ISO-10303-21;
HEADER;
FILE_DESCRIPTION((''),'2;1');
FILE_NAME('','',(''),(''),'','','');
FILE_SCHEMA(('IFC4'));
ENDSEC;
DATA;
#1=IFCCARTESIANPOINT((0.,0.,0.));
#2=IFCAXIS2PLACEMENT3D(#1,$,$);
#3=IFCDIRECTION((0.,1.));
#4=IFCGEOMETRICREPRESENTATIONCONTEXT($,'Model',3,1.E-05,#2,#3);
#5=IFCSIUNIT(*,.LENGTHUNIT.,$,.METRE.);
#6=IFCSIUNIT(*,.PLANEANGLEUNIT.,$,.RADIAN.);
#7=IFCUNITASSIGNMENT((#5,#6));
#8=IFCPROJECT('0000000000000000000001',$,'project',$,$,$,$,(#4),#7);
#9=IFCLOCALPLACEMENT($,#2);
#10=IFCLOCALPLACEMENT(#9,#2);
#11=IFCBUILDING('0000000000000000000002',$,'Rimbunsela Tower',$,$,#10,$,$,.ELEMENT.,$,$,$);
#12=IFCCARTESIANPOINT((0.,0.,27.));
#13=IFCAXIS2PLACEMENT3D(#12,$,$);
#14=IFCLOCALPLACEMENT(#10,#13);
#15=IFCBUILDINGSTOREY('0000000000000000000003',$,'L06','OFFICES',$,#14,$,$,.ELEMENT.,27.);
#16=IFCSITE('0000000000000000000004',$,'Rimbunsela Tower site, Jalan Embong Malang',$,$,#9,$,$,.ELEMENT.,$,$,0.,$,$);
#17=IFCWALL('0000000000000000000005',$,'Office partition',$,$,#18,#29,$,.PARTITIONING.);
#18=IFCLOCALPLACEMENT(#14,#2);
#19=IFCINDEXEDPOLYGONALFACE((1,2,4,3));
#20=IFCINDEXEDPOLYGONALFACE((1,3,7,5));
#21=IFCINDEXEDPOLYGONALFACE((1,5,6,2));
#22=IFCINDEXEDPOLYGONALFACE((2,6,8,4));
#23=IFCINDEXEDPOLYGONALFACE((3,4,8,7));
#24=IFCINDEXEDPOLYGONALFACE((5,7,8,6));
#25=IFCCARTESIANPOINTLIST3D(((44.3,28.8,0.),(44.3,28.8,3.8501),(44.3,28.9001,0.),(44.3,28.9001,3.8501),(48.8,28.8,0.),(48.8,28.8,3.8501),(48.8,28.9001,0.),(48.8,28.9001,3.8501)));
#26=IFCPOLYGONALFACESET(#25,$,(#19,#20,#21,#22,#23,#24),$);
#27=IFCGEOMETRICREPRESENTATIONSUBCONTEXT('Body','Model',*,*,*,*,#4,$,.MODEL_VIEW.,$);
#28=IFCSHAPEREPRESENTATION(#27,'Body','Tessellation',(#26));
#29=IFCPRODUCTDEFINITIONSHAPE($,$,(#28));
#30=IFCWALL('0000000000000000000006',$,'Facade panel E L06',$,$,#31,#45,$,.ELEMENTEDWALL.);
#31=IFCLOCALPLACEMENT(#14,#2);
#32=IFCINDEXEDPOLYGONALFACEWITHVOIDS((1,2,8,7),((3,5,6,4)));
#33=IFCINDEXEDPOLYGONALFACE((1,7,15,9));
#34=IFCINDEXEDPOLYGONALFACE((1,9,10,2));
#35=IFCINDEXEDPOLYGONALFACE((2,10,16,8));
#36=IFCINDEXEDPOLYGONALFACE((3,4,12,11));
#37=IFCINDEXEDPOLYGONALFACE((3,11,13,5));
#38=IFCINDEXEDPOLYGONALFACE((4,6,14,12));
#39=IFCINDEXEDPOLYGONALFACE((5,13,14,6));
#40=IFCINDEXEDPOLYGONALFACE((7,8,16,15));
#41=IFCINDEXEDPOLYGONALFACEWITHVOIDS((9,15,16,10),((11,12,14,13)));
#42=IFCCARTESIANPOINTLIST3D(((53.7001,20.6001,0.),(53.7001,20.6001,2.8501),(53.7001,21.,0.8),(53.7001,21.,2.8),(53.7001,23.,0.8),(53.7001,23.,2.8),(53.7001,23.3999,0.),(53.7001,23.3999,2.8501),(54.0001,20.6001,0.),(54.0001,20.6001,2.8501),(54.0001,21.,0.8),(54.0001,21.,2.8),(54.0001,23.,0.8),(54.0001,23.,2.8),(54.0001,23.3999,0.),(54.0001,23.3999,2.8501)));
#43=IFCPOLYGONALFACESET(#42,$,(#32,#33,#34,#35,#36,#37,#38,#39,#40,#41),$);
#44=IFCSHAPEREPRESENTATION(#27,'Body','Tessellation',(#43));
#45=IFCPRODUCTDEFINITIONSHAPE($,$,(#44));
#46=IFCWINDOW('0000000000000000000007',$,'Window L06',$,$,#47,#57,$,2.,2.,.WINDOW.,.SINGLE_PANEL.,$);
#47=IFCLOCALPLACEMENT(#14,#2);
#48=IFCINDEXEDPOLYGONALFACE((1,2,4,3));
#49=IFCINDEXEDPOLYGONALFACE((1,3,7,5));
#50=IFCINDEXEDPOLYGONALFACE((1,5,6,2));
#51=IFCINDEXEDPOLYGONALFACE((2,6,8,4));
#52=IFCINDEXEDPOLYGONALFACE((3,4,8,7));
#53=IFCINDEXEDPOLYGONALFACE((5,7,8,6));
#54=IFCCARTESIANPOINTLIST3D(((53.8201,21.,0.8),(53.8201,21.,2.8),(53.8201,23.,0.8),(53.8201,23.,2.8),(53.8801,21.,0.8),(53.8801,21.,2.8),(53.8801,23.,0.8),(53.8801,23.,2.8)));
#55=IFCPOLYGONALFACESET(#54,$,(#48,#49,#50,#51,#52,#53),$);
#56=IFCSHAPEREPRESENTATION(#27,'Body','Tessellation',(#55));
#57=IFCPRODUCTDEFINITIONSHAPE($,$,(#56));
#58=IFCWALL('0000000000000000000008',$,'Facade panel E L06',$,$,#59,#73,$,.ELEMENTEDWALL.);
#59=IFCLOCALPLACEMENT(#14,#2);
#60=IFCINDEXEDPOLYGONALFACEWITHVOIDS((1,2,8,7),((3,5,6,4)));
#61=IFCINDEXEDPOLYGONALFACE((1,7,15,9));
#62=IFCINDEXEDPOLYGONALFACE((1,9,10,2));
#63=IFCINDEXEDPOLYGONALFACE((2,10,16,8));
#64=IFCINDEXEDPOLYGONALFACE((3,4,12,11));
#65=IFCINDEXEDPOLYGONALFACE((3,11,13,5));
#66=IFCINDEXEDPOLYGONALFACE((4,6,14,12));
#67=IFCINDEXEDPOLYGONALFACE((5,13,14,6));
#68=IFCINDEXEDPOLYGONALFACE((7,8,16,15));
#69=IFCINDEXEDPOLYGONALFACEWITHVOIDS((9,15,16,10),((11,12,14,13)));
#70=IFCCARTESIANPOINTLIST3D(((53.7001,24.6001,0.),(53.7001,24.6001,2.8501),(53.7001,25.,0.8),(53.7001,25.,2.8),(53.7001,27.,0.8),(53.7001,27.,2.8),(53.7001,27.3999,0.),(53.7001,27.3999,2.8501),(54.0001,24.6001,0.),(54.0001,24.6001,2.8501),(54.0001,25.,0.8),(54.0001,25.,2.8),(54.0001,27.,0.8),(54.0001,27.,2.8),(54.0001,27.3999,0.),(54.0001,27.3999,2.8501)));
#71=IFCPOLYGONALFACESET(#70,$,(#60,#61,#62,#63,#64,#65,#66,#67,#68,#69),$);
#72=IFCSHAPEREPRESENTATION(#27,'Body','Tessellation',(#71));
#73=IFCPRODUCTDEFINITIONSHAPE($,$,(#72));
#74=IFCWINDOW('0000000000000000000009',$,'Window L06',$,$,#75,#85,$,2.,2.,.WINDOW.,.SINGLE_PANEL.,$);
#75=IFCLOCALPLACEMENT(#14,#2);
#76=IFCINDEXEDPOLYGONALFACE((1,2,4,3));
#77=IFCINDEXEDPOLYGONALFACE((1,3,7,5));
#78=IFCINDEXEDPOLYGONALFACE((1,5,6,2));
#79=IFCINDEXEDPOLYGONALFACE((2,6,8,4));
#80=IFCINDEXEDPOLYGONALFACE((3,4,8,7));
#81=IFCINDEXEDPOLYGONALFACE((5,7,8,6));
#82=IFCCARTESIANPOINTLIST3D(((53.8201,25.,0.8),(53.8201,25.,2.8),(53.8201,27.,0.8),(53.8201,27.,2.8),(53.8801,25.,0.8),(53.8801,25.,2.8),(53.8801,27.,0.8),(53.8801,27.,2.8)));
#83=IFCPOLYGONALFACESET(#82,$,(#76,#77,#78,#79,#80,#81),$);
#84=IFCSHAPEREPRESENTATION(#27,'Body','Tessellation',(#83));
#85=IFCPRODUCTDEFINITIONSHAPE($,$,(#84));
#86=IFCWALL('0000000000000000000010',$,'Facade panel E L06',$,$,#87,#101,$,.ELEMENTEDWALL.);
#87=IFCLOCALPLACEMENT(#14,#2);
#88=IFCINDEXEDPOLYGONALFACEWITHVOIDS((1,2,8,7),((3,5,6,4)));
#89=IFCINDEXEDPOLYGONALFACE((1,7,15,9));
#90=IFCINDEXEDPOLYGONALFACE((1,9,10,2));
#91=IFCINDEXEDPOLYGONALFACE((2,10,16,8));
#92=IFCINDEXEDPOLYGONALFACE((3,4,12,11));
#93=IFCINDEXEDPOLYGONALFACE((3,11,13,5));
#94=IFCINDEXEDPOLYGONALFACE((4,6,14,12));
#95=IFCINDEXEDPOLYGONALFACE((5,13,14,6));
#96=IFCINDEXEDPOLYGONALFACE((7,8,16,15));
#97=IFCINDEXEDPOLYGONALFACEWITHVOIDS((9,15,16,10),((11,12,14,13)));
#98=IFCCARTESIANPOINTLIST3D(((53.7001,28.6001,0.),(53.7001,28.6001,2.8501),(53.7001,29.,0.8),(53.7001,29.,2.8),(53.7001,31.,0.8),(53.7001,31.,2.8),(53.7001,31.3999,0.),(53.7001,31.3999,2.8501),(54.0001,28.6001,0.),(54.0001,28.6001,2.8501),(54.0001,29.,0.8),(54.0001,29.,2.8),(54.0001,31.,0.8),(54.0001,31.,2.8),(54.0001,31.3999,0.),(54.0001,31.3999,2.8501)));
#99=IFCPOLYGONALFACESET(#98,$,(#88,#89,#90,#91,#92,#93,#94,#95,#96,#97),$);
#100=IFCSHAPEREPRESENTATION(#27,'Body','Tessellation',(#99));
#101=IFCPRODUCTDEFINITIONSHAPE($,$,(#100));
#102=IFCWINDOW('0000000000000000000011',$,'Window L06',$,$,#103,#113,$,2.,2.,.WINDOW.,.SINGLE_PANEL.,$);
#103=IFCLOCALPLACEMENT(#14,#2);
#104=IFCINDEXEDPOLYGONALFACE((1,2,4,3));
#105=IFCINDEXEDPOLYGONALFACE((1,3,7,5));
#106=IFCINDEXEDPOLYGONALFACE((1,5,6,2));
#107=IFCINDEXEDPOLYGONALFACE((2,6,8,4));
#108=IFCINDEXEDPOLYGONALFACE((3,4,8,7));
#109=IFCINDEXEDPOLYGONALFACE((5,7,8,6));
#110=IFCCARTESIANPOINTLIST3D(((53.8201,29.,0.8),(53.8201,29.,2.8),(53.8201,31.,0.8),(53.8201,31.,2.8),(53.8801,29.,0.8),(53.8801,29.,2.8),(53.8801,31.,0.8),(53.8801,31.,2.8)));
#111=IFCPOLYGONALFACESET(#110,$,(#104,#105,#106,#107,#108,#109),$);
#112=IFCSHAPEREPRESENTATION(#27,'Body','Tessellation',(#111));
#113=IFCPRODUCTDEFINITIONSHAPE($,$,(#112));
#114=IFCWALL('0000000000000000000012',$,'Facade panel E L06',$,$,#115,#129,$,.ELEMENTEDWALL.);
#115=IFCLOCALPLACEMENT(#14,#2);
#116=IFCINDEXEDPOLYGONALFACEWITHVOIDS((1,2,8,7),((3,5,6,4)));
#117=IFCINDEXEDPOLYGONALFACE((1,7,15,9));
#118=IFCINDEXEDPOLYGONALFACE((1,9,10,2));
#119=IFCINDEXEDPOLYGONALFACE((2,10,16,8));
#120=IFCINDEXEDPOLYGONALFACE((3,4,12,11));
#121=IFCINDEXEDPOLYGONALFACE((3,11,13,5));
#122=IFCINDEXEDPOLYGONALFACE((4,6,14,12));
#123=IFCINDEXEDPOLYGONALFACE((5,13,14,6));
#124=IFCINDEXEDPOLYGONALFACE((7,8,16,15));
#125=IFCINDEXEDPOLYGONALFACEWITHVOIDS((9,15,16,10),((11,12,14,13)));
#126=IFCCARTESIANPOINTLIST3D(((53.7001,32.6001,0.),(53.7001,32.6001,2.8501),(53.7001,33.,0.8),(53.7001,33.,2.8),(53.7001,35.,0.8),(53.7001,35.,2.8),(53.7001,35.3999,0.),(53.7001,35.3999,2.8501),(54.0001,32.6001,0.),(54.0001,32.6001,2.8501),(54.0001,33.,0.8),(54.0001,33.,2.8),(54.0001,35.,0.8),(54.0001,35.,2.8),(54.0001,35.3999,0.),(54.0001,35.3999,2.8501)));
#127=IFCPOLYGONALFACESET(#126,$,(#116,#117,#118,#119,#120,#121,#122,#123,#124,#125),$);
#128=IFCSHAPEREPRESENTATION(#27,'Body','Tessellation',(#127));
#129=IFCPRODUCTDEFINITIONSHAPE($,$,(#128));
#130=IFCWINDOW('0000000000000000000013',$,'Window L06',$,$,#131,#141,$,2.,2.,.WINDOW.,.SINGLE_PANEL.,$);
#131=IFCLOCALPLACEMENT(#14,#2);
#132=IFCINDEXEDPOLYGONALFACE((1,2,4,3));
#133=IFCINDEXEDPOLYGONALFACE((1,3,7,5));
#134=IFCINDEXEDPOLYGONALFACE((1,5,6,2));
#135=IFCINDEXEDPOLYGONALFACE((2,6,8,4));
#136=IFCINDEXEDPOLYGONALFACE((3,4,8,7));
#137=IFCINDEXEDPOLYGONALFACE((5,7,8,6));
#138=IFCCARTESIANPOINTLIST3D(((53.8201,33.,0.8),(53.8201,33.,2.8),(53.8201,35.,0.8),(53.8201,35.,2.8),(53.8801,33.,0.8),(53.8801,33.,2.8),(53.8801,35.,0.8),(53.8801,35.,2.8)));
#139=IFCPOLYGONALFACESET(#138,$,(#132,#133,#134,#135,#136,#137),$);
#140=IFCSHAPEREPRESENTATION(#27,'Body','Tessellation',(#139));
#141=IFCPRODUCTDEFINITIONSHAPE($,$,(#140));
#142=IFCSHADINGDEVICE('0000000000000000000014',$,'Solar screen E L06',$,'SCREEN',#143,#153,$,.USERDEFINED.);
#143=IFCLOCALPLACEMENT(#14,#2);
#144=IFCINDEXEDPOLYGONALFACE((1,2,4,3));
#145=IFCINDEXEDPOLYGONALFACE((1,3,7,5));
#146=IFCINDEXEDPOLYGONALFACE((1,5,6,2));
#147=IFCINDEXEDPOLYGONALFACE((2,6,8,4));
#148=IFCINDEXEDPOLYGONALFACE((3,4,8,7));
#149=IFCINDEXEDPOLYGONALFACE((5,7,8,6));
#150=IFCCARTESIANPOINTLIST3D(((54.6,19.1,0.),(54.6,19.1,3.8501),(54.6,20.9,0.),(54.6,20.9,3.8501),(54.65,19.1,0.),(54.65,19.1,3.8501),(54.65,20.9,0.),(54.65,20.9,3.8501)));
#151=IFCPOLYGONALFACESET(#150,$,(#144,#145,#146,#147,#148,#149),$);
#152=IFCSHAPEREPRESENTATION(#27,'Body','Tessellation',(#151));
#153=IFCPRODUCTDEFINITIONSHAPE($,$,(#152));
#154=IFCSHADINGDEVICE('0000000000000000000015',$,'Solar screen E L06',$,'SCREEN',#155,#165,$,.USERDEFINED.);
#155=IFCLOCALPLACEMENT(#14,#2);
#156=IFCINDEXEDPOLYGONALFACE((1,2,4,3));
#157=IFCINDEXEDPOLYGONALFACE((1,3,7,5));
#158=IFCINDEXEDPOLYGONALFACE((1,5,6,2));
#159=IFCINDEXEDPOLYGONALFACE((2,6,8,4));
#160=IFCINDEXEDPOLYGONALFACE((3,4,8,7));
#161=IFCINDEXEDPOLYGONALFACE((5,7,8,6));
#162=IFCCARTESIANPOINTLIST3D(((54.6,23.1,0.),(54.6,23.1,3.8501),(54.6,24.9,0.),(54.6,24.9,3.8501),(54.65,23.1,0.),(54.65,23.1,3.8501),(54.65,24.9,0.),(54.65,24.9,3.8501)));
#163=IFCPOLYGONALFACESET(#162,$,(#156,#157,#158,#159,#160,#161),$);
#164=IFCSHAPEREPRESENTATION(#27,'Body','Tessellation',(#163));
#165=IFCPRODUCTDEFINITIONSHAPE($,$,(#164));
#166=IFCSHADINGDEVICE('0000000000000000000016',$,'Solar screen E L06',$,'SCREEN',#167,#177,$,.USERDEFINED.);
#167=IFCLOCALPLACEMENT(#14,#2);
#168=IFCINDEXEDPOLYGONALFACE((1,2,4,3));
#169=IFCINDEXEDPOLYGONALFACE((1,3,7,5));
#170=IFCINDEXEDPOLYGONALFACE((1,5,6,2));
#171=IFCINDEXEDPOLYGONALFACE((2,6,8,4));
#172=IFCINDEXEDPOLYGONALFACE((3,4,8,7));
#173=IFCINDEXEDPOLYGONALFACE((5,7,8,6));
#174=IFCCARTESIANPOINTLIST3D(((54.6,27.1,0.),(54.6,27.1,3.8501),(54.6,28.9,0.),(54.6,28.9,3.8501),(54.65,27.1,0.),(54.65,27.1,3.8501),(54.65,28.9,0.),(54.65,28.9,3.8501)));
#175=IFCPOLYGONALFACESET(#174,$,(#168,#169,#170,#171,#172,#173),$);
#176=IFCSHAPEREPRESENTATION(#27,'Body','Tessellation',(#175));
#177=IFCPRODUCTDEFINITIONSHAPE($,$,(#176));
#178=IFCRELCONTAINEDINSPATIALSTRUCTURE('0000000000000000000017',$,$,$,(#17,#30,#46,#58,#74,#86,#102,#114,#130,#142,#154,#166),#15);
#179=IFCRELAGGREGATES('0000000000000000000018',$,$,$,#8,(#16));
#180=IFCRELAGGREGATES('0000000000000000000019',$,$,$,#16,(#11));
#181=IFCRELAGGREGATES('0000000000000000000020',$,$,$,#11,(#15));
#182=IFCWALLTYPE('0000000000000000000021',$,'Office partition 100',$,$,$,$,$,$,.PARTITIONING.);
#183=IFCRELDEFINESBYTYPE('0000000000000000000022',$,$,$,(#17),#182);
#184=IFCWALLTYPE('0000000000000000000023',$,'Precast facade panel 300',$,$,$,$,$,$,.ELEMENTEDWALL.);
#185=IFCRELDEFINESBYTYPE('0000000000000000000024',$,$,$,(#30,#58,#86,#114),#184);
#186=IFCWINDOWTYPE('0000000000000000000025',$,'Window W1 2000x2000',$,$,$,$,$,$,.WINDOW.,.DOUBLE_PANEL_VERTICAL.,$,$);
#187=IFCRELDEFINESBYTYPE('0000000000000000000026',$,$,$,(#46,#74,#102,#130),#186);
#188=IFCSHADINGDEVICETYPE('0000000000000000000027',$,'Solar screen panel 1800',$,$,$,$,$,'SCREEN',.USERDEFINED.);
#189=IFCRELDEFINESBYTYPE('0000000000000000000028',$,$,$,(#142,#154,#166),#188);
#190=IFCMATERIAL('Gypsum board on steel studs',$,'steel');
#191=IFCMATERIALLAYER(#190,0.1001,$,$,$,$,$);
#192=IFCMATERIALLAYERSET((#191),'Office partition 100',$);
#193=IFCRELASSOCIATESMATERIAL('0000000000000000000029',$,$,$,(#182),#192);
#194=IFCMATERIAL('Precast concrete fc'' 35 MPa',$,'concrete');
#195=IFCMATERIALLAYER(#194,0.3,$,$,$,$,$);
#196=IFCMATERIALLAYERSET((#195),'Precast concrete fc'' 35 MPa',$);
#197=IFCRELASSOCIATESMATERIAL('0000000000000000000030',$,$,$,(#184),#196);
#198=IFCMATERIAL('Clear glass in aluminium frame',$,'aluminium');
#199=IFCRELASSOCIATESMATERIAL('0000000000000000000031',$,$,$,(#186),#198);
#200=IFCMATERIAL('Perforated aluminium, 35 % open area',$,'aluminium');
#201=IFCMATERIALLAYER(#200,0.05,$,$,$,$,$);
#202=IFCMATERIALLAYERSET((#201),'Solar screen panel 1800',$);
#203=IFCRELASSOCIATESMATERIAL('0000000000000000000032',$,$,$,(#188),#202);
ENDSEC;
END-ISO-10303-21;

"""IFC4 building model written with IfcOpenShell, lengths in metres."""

from ifc_helpers import new_model, si_unit, direction, frame, frame_2d, origin, origin_2d, place, context, subcontext, project, spatial, rectangle, extrude, material, layer, layer_set, type_object, element, fill, save


model = new_model("IFC4")

# Units and contexts
model_context = context("Model", 3, precision=1e-05, world=origin(), true_north=direction((0.0, 1.0)))
body_context = subcontext(model_context, "Body", "Model", "MODEL_VIEW")
ifc_project = project(units=[si_unit("LENGTHUNIT", "METRE"), si_unit("PLANEANGLEUNIT", "RADIAN")], contexts=[model_context])

# Site, building, storey
site_placement = place(None, origin())
site = spatial("IfcSite", under=ifc_project, at=site_placement, Name="Rimbunsela Tower site, Jalan Embong Malang", CompositionType="ELEMENT", RefElevation=0.0)
building_placement = place(site_placement, origin())
building = spatial("IfcBuilding", under=site, at=building_placement, Name="Rimbunsela Tower", CompositionType="ELEMENT")
storey_placement = place(building_placement, frame((0.0, 0.0, 27.0)))
storey = spatial("IfcBuildingStorey", under=building, at=storey_placement, Name="L06", Description="OFFICES", CompositionType="ELEMENT", Elevation=27.0)

# Shared definitions
ifc_material_1 = material(Name="Gypsum board on steel studs", Category="steel")
ifc_layer_1 = layer(ifc_material_1, 0.1001)
ifc_layer_set_1 = layer_set([ifc_layer_1], Name="Office partition 100")
wall_type_1 = type_object("IfcWallType", Name="Office partition 100", PredefinedType="PARTITIONING", material=ifc_layer_set_1)

# Wall
wall_1_placement = place(storey_placement, frame((48.8, 28.8501, 0.0), z_axis=(0.0, 0.0, 1.0), x_axis=(-1.0, 0.0, 0.0)))
element("IfcWall", 1, at=wall_1_placement, inside=storey, type_object=wall_type_1, Name="Office partition", PredefinedType="PARTITIONING", context=body_context, shape_type="SweptSolid", body=[
    extrude(rectangle(XDim=4.5, YDim=0.1001, at=frame_2d((2.25, 0.0))), origin(), (0.0, 0.0, 1.0), 3.8501),
])

# Walls, openings, windows
ifc_material_2 = material(Name="Precast concrete fc' 35 MPa", Category="concrete")
ifc_layer_2 = layer(ifc_material_2, 0.3)
ifc_layer_set_2 = layer_set([ifc_layer_2], Name="Precast concrete fc' 35 MPa")
wall_type_2 = type_object("IfcWallType", Name="Precast facade panel 300", PredefinedType="ELEMENTEDWALL", material=ifc_layer_set_2)
wall_2_placement = place(storey_placement, frame((53.8501, 20.6001, 0.0), z_axis=(0.0, 0.0, 1.0), x_axis=(0.0, 1.0, 0.0)))
wall_2 = element("IfcWall", 2, at=wall_2_placement, inside=storey, type_object=wall_type_2, Name="Facade panel E L06", PredefinedType="ELEMENTEDWALL", context=body_context, shape_type="SweptSolid", body=[
    extrude(rectangle(XDim=2.7998, YDim=0.3, at=frame_2d((1.3999, 0.0))), origin(), (0.0, 0.0, 1.0), 2.8501),
])
opening_1_placement = place(wall_2_placement, frame((0.3999, 0.0, 0.8)))
opening_1 = element("IfcOpeningElement", 3, at=opening_1_placement, cuts=wall_2, PredefinedType="OPENING", context=body_context, shape_type="SweptSolid", body=[
    extrude(rectangle(XDim=2.0, YDim=2.0, at=frame_2d((1.0, 1.0))), frame((0.0, 0.1599, 0.0), z_axis=(0.0, -1.0, 0.0), x_axis=(1.0, 0.0, 0.0)), (0.0, 0.0, 1.0), 0.3201),
])
ifc_material_3 = material(Name="Clear glass in aluminium frame", Category="aluminium")
window_type = type_object("IfcWindowType", Name="Window W1 2000x2000", PartitioningType="DOUBLE_PANEL_VERTICAL", PredefinedType="WINDOW", material=ifc_material_3)
window_1_placement = place(opening_1_placement, origin())
window_1 = element("IfcWindow", 4, at=window_1_placement, inside=storey, type_object=window_type, Name="Window L06", OverallHeight=2.0, OverallWidth=2.0, PartitioningType="SINGLE_PANEL", PredefinedType="WINDOW", context=body_context, shape_type="SweptSolid", body=[
    extrude(rectangle(XDim=2.0, YDim=2.0, at=frame_2d((1.0, 1.0))), frame((0.0, 0.03, 0.0), z_axis=(0.0, -1.0, 0.0), x_axis=(1.0, 0.0, 0.0)), (0.0, 0.0, 1.0), 0.0601),
])
fill(opening_1, window_1)
wall_3_placement = place(storey_placement, frame((53.8501, 24.6001, 0.0), z_axis=(0.0, 0.0, 1.0), x_axis=(0.0, 1.0, 0.0)))
wall_3 = element("IfcWall", 5, at=wall_3_placement, inside=storey, type_object=wall_type_2, Name="Facade panel E L06", PredefinedType="ELEMENTEDWALL", context=body_context, shape_type="SweptSolid", body=[
    extrude(rectangle(XDim=2.7998, YDim=0.3, at=frame_2d((1.3999, 0.0))), origin(), (0.0, 0.0, 1.0), 2.8501),
])
opening_2_placement = place(wall_3_placement, frame((0.3999, 0.0, 0.8)))
opening_2 = element("IfcOpeningElement", 6, at=opening_2_placement, cuts=wall_3, PredefinedType="OPENING", context=body_context, shape_type="SweptSolid", body=[
    extrude(rectangle(XDim=2.0, YDim=2.0, at=frame_2d((1.0, 1.0))), frame((0.0, 0.1599, 0.0), z_axis=(0.0, -1.0, 0.0), x_axis=(1.0, 0.0, 0.0)), (0.0, 0.0, 1.0), 0.3201),
])
window_2_placement = place(opening_2_placement, origin())
window_2 = element("IfcWindow", 7, at=window_2_placement, inside=storey, type_object=window_type, Name="Window L06", OverallHeight=2.0, OverallWidth=2.0, PartitioningType="SINGLE_PANEL", PredefinedType="WINDOW", context=body_context, shape_type="SweptSolid", body=[
    extrude(rectangle(XDim=2.0, YDim=2.0, at=frame_2d((1.0, 1.0))), frame((0.0, 0.03, 0.0), z_axis=(0.0, -1.0, 0.0), x_axis=(1.0, 0.0, 0.0)), (0.0, 0.0, 1.0), 0.0601),
])
fill(opening_2, window_2)
wall_4_placement = place(storey_placement, frame((53.8501, 28.6001, 0.0), z_axis=(0.0, 0.0, 1.0), x_axis=(0.0, 1.0, 0.0)))
wall_4 = element("IfcWall", 8, at=wall_4_placement, inside=storey, type_object=wall_type_2, Name="Facade panel E L06", PredefinedType="ELEMENTEDWALL", context=body_context, shape_type="SweptSolid", body=[
    extrude(rectangle(XDim=2.7998, YDim=0.3, at=frame_2d((1.3999, 0.0))), origin(), (0.0, 0.0, 1.0), 2.8501),
])
opening_3_placement = place(wall_4_placement, frame((0.3999, 0.0, 0.8)))
opening_3 = element("IfcOpeningElement", 9, at=opening_3_placement, cuts=wall_4, PredefinedType="OPENING", context=body_context, shape_type="SweptSolid", body=[
    extrude(rectangle(XDim=2.0, YDim=2.0, at=frame_2d((1.0, 1.0))), frame((0.0, 0.1599, 0.0), z_axis=(0.0, -1.0, 0.0), x_axis=(1.0, 0.0, 0.0)), (0.0, 0.0, 1.0), 0.3201),
])
window_3_placement = place(opening_3_placement, origin())
window_3 = element("IfcWindow", 10, at=window_3_placement, inside=storey, type_object=window_type, Name="Window L06", OverallHeight=2.0, OverallWidth=2.0, PartitioningType="SINGLE_PANEL", PredefinedType="WINDOW", context=body_context, shape_type="SweptSolid", body=[
    extrude(rectangle(XDim=2.0, YDim=2.0, at=frame_2d((1.0, 1.0))), frame((0.0, 0.03, 0.0), z_axis=(0.0, -1.0, 0.0), x_axis=(1.0, 0.0, 0.0)), (0.0, 0.0, 1.0), 0.0601),
])
fill(opening_3, window_3)
wall_5_placement = place(storey_placement, frame((53.8501, 32.6001, 0.0), z_axis=(0.0, 0.0, 1.0), x_axis=(0.0, 1.0, 0.0)))
wall_5 = element("IfcWall", 11, at=wall_5_placement, inside=storey, type_object=wall_type_2, Name="Facade panel E L06", PredefinedType="ELEMENTEDWALL", context=body_context, shape_type="SweptSolid", body=[
    extrude(rectangle(XDim=2.7998, YDim=0.3, at=frame_2d((1.3999, 0.0))), origin(), (0.0, 0.0, 1.0), 2.8501),
])
opening_4_placement = place(wall_5_placement, frame((0.3999, 0.0, 0.8)))
opening_4 = element("IfcOpeningElement", 12, at=opening_4_placement, cuts=wall_5, PredefinedType="OPENING", context=body_context, shape_type="SweptSolid", body=[
    extrude(rectangle(XDim=2.0, YDim=2.0, at=frame_2d((1.0, 1.0))), frame((0.0, 0.1599, 0.0), z_axis=(0.0, -1.0, 0.0), x_axis=(1.0, 0.0, 0.0)), (0.0, 0.0, 1.0), 0.3201),
])
window_4_placement = place(opening_4_placement, origin())
window_4 = element("IfcWindow", 13, at=window_4_placement, inside=storey, type_object=window_type, Name="Window L06", OverallHeight=2.0, OverallWidth=2.0, PartitioningType="SINGLE_PANEL", PredefinedType="WINDOW", context=body_context, shape_type="SweptSolid", body=[
    extrude(rectangle(XDim=2.0, YDim=2.0, at=frame_2d((1.0, 1.0))), frame((0.0, 0.03, 0.0), z_axis=(0.0, -1.0, 0.0), x_axis=(1.0, 0.0, 0.0)), (0.0, 0.0, 1.0), 0.0601),
])
fill(opening_4, window_4)

# Shading devices
ifc_material_4 = material(Name="Perforated aluminium, 35 % open area", Category="aluminium")
ifc_layer_3 = layer(ifc_material_4, 0.05)
ifc_layer_set_3 = layer_set([ifc_layer_3], Name="Solar screen panel 1800")
shading_device_type = type_object("IfcShadingDeviceType", Name="Solar screen panel 1800", ElementType="SCREEN", PredefinedType="USERDEFINED", material=ifc_layer_set_3)
for number, where, z_axis, x_axis, name in (
    (14, (54.625, 20.0, 0.0), (0.0, 0.0, 1.0), (0.0, 1.0, 0.0), "Solar screen E L06"),
    (15, (54.625, 24.0, 0.0), (0.0, 0.0, 1.0), (0.0, 1.0, 0.0), "Solar screen E L06"),
    (16, (54.625, 28.0, 0.0), (0.0, 0.0, 1.0), (0.0, 1.0, 0.0), "Solar screen E L06"),
):
    element("IfcShadingDevice", number, at=place(storey_placement, frame(where, z_axis=z_axis, x_axis=x_axis)), inside=storey, type_object=shading_device_type, Name=name, ObjectType="SCREEN", PredefinedType="USERDEFINED", context=body_context, shape_type="SweptSolid", body=[
        extrude(rectangle(XDim=1.8, YDim=0.05, at=origin_2d()), origin(), (0.0, 0.0, 1.0), 3.8501),
    ])

save(model, "model.ifc")
